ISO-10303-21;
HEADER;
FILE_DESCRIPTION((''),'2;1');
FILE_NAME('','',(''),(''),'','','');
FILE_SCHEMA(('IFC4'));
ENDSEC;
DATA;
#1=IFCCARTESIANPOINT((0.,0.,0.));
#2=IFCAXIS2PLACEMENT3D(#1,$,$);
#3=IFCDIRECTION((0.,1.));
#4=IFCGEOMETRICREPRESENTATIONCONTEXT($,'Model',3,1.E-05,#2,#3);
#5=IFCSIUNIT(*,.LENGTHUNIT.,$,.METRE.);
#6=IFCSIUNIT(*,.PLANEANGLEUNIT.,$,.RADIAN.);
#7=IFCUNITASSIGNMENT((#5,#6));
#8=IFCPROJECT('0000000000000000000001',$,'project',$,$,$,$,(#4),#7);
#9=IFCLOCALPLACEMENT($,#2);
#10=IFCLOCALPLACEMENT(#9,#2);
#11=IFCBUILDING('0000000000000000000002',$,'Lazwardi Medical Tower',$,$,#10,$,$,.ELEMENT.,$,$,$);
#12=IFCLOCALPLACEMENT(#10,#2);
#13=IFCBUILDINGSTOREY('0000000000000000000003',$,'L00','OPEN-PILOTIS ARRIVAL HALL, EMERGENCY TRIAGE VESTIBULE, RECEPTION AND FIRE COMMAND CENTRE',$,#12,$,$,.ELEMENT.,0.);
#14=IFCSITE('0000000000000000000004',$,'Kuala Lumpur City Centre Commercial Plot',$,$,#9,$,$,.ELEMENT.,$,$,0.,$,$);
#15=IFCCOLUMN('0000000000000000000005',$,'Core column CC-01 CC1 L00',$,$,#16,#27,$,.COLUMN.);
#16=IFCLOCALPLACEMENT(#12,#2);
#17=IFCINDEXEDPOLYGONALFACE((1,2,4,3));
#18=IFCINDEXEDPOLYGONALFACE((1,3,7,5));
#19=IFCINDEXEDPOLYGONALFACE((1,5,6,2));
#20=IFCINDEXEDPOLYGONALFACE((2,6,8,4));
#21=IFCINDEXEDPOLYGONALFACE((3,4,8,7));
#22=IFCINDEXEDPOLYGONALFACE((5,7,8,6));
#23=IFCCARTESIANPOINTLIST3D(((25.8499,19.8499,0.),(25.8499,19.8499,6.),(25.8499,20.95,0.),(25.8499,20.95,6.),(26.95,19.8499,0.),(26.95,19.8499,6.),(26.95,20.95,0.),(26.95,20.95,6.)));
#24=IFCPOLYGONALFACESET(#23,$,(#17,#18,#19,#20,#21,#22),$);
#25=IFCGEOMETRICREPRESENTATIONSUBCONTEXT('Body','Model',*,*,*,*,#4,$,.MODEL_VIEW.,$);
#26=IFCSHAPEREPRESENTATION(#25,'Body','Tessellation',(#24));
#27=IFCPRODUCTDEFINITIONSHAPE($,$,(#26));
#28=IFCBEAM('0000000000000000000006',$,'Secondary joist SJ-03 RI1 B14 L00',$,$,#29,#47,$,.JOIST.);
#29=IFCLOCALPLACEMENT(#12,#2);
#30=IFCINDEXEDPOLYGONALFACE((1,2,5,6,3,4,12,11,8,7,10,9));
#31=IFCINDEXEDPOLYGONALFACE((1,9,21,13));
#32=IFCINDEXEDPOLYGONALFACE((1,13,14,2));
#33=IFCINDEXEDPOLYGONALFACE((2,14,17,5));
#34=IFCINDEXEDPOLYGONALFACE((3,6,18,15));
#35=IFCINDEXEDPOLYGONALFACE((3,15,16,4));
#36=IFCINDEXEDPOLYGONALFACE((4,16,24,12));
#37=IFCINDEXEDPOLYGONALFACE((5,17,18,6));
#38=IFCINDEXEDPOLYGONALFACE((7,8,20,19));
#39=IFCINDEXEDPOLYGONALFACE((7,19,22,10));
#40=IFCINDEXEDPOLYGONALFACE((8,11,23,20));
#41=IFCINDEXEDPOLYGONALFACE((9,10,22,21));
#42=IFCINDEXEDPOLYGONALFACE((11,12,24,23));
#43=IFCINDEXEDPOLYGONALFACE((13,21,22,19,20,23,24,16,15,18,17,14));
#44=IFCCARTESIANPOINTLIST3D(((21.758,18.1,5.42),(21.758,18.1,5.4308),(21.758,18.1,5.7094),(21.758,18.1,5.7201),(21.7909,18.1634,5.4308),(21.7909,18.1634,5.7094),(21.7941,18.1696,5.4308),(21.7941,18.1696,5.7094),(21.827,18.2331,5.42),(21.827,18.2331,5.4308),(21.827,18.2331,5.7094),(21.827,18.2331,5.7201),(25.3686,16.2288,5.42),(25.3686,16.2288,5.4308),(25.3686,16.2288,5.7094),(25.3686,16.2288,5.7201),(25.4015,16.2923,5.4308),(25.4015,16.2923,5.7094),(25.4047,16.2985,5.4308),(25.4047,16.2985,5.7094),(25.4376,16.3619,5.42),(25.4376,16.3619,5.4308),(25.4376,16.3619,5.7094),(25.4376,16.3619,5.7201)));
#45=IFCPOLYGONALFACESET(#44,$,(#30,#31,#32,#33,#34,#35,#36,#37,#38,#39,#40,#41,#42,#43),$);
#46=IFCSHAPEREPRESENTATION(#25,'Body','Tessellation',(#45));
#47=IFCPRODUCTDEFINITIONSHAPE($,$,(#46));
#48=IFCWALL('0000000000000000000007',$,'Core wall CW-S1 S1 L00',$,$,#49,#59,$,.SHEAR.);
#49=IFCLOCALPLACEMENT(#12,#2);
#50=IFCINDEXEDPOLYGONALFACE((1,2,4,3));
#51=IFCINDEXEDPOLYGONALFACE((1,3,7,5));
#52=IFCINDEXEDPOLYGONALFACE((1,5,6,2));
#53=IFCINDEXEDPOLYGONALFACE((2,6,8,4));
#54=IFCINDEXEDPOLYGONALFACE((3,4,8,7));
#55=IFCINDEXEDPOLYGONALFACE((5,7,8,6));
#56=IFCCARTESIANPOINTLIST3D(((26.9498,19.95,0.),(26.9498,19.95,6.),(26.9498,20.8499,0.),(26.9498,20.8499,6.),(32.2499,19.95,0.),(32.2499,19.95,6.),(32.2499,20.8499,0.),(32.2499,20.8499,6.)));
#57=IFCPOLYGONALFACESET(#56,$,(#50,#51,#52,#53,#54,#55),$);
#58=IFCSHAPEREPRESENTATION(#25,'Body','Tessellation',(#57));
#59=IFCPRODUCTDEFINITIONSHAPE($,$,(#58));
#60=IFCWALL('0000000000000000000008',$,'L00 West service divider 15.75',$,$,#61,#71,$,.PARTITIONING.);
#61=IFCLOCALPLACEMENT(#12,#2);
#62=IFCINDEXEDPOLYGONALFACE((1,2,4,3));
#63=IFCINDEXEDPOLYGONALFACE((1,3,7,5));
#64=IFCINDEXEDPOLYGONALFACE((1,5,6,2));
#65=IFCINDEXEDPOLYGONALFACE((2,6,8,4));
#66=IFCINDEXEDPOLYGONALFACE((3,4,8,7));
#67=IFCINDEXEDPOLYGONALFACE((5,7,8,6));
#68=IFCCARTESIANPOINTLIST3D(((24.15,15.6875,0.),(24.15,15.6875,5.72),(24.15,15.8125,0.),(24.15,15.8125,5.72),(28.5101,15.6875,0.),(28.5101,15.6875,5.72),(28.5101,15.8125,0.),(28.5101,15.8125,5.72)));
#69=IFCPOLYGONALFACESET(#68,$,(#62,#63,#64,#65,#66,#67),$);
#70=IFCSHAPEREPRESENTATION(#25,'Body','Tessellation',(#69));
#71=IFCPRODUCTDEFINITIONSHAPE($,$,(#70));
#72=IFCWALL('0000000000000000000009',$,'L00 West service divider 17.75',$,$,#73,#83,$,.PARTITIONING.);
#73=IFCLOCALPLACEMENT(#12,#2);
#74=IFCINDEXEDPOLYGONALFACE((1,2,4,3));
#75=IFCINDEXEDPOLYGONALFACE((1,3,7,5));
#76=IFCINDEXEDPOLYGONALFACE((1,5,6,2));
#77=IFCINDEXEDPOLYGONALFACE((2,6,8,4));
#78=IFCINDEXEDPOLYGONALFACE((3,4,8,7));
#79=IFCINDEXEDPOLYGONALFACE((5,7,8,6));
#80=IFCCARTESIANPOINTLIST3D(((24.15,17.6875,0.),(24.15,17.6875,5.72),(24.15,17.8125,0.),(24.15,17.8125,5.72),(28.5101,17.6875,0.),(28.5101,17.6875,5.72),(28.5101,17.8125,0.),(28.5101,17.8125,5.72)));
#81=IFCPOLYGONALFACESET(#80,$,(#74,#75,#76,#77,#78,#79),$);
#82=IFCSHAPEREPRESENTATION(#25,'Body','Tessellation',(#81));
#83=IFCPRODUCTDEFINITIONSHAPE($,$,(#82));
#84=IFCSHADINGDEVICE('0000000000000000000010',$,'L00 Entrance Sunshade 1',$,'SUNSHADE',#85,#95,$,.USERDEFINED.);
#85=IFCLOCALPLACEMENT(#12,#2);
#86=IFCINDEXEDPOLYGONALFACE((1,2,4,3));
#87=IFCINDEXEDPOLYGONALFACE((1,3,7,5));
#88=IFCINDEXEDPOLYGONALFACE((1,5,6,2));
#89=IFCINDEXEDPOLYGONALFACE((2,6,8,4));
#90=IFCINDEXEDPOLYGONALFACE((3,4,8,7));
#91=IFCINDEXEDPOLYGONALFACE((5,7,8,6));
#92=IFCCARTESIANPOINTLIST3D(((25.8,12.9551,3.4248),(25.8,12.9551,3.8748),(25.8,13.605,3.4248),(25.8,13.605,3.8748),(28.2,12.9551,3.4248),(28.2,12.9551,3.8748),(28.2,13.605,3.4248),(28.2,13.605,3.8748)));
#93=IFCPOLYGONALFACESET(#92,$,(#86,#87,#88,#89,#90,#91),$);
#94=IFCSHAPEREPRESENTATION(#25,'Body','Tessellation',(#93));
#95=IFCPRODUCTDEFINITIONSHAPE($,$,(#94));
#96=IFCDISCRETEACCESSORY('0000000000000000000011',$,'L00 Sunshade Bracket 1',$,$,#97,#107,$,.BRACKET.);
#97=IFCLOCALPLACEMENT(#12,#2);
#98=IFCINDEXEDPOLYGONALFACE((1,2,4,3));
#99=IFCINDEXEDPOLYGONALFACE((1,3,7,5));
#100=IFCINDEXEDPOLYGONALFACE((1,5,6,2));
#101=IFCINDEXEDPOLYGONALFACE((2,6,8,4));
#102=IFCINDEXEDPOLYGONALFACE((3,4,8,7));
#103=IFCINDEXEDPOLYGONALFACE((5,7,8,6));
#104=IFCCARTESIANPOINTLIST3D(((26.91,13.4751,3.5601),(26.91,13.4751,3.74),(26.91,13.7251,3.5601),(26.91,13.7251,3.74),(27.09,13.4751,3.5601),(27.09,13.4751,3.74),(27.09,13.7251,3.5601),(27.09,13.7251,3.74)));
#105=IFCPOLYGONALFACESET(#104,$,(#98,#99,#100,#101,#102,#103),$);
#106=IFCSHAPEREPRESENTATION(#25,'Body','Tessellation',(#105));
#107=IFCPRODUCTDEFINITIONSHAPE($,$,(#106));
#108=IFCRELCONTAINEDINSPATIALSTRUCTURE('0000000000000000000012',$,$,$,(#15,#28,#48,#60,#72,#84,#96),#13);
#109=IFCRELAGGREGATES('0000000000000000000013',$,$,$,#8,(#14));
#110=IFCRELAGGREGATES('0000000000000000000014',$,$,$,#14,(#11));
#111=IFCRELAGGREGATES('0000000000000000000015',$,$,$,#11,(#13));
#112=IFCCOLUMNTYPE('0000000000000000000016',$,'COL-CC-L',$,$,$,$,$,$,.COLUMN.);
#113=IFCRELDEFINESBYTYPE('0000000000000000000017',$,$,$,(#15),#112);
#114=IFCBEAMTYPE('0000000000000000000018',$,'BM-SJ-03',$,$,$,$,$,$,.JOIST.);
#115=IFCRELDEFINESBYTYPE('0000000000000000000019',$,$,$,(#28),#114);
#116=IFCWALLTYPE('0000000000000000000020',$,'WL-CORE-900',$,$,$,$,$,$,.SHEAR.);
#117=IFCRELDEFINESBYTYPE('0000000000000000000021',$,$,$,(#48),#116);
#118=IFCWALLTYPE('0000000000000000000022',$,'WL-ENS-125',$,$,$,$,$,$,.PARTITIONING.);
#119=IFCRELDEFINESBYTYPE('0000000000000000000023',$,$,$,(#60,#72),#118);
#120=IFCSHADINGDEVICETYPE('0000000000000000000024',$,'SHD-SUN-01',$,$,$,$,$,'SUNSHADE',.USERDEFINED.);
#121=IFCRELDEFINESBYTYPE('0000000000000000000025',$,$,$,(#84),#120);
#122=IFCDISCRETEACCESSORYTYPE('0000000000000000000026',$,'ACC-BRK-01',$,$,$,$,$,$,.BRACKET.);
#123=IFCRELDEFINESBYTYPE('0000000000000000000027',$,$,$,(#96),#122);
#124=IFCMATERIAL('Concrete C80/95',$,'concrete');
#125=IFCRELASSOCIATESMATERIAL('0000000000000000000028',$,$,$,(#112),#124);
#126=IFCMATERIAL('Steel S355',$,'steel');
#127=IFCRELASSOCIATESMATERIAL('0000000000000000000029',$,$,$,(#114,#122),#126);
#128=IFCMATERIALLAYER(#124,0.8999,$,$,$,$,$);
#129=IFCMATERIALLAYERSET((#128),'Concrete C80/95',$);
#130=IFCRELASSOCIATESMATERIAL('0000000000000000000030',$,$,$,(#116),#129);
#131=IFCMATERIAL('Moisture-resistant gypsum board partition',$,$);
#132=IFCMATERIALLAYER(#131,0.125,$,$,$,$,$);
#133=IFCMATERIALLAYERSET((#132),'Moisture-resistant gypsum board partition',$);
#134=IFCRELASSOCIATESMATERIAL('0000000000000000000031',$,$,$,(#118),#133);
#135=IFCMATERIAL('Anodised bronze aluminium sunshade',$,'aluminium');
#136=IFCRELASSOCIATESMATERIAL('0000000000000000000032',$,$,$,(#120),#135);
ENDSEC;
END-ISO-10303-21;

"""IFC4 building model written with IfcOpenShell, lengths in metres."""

from ifc_helpers import new_model, si_unit, direction, frame, frame_2d, origin, origin_2d, place, context, subcontext, project, spatial, rectangle, i_section, extrude, material, layer, layer_set, material_profile, profile_set, type_object, element, save


model = new_model("IFC4")

# Units and contexts
model_context = context("Model", 3, precision=1e-05, world=origin(), true_north=direction((0.0, 1.0)))
body_context = subcontext(model_context, "Body", "Model", "MODEL_VIEW")
ifc_project = project(units=[si_unit("LENGTHUNIT", "METRE"), si_unit("PLANEANGLEUNIT", "RADIAN")], contexts=[model_context])

# Site, building, storey
site_placement = place(None, origin())
site = spatial("IfcSite", under=ifc_project, at=site_placement, Name="Kuala Lumpur City Centre Commercial Plot", CompositionType="ELEMENT", RefElevation=0.0)
building_placement = place(site_placement, origin())
building = spatial("IfcBuilding", under=site, at=building_placement, Name="Lazwardi Medical Tower", CompositionType="ELEMENT")
storey_placement = place(building_placement, origin())
storey = spatial("IfcBuildingStorey", under=building, at=storey_placement, Name="L00", Description="OPEN-PILOTIS ARRIVAL HALL, EMERGENCY TRIAGE VESTIBULE, RECEPTION AND FIRE COMMAND CENTRE", CompositionType="ELEMENT", Elevation=0.0)

# Column
ifc_material_1 = material(Name="Concrete C80/95", Category="concrete")
ifc_material_profile_1 = material_profile(ifc_material_1, rectangle(XDim=1.1001, YDim=1.1001, at=origin_2d()), Name="RC 1100x1100")
ifc_profile_set_1 = profile_set([ifc_material_profile_1], Name="Concrete C80/95")
column_type = type_object("IfcColumnType", Name="COL-CC-L", PredefinedType="COLUMN", material=ifc_profile_set_1)
column_placement = place(storey_placement, frame((26.3999, 20.3999, 0.0), z_axis=(0.0, 0.0, 1.0), x_axis=(1.0, 0.0, 0.0)))
element("IfcColumn", 1, at=column_placement, inside=storey, type_object=column_type, Name="Core column CC-01 CC1 L00", PredefinedType="COLUMN", context=body_context, shape_type="SweptSolid", body=[
    extrude(rectangle(XDim=1.1001, YDim=1.1001, at=origin_2d()), origin(), (0.0, 0.0, 1.0), 6.0),
])

# Beam
ifc_material_2 = material(Name="Steel S355", Category="steel")
ifc_material_profile_2 = material_profile(ifc_material_2, i_section(OverallWidth=0.1499, OverallDepth=0.3, WebThickness=0.0071, FlangeThickness=0.0107, at=origin_2d()), Name="IPE 300")
ifc_profile_set_2 = profile_set([ifc_material_profile_2], Name="Steel S355")
beam_type = type_object("IfcBeamType", Name="BM-SJ-03", PredefinedType="JOIST", material=ifc_profile_set_2)
beam_placement = place(storey_placement, frame((21.7925, 18.1665, 5.5701), z_axis=(0.887862, -0.46011, 0.0), x_axis=(0.46011, 0.887862, 0.0)))
element("IfcBeam", 2, at=beam_placement, inside=storey, type_object=beam_type, Name="Secondary joist SJ-03 RI1 B14 L00", PredefinedType="JOIST", context=body_context, shape_type="SweptSolid", body=[
    extrude(i_section(OverallWidth=0.1499, OverallDepth=0.3, WebThickness=0.0071, FlangeThickness=0.0107, at=origin_2d()), origin(), (0.0, 0.0, 1.0), 4.0667),
])

# Shared definitions
ifc_layer_1 = layer(ifc_material_1, 0.8999)
ifc_layer_set_1 = layer_set([ifc_layer_1], Name="Concrete C80/95")
wall_type_1 = type_object("IfcWallType", Name="WL-CORE-900", PredefinedType="SHEAR", material=ifc_layer_set_1)

# Walls
wall_1_placement = place(storey_placement, frame((26.95, 20.3999, 0.0), z_axis=(0.0, 0.0, 1.0), x_axis=(1.0, 0.0, 0.0)))
element("IfcWall", 3, at=wall_1_placement, inside=storey, type_object=wall_type_1, Name="Core wall CW-S1 S1 L00", PredefinedType="SHEAR", context=body_context, shape_type="SweptSolid", body=[
    extrude(rectangle(XDim=5.3, YDim=0.8999, at=frame_2d((2.6499, 0.0))), origin(), (0.0, 0.0, 1.0), 6.0),
])
ifc_material_3 = material(Name="Moisture-resistant gypsum board partition")
ifc_layer_2 = layer(ifc_material_3, 0.125)
ifc_layer_set_2 = layer_set([ifc_layer_2], Name="Moisture-resistant gypsum board partition")
wall_type_2 = type_object("IfcWallType", Name="WL-ENS-125", PredefinedType="PARTITIONING", material=ifc_layer_set_2)
for number, where, z_axis, x_axis, name in (
    (4, (24.1499, 15.75, 0.0), (0.0, 0.0, 1.0), (1.0, 0.0, 0.0), "L00 West service divider 15.75"),
    (5, (24.1499, 17.75, 0.0), (0.0, 0.0, 1.0), (1.0, 0.0, 0.0), "L00 West service divider 17.75"),
):
    element("IfcWall", number, at=place(storey_placement, frame(where, z_axis=z_axis, x_axis=x_axis)), inside=storey, type_object=wall_type_2, Name=name, PredefinedType="PARTITIONING", context=body_context, shape_type="SweptSolid", body=[
        extrude(rectangle(XDim=4.3601, YDim=0.125, at=frame_2d((2.1802, 0.0))), origin(), (0.0, 0.0, 1.0), 5.72),
    ])

# Shading device
ifc_material_4 = material(Name="Anodised bronze aluminium sunshade", Category="aluminium")
shading_device_type = type_object("IfcShadingDeviceType", Name="SHD-SUN-01", ElementType="SUNSHADE", PredefinedType="USERDEFINED", material=ifc_material_4)
shading_device_placement = place(storey_placement, frame((27.0, 13.28, 3.4248), z_axis=(0.0, 0.0, 1.0), x_axis=(1.0, 0.0, 0.0)))
element("IfcShadingDevice", 6, at=shading_device_placement, inside=storey, type_object=shading_device_type, Name="L00 Entrance Sunshade 1", ObjectType="SUNSHADE", PredefinedType="USERDEFINED", context=body_context, shape_type="SweptSolid", body=[
    extrude(rectangle(XDim=2.3999, YDim=0.6499, at=origin_2d()), origin(), (0.0, 0.0, 1.0), 0.45),
])

# Discrete accessory
discrete_accessory_type = type_object("IfcDiscreteAccessoryType", Name="ACC-BRK-01", PredefinedType="BRACKET", material=ifc_material_2)
discrete_accessory_placement = place(storey_placement, frame((27.0, 13.6001, 3.5601), z_axis=(0.0, 0.0, 1.0), x_axis=(1.0, 0.0, 0.0)))
element("IfcDiscreteAccessory", 7, at=discrete_accessory_placement, inside=storey, type_object=discrete_accessory_type, Name="L00 Sunshade Bracket 1", PredefinedType="BRACKET", context=body_context, shape_type="SweptSolid", body=[
    extrude(rectangle(XDim=0.1799, YDim=0.25, at=origin_2d()), origin(), (0.0, 0.0, 1.0), 0.1799),
])

save(model, "model.ifc")
